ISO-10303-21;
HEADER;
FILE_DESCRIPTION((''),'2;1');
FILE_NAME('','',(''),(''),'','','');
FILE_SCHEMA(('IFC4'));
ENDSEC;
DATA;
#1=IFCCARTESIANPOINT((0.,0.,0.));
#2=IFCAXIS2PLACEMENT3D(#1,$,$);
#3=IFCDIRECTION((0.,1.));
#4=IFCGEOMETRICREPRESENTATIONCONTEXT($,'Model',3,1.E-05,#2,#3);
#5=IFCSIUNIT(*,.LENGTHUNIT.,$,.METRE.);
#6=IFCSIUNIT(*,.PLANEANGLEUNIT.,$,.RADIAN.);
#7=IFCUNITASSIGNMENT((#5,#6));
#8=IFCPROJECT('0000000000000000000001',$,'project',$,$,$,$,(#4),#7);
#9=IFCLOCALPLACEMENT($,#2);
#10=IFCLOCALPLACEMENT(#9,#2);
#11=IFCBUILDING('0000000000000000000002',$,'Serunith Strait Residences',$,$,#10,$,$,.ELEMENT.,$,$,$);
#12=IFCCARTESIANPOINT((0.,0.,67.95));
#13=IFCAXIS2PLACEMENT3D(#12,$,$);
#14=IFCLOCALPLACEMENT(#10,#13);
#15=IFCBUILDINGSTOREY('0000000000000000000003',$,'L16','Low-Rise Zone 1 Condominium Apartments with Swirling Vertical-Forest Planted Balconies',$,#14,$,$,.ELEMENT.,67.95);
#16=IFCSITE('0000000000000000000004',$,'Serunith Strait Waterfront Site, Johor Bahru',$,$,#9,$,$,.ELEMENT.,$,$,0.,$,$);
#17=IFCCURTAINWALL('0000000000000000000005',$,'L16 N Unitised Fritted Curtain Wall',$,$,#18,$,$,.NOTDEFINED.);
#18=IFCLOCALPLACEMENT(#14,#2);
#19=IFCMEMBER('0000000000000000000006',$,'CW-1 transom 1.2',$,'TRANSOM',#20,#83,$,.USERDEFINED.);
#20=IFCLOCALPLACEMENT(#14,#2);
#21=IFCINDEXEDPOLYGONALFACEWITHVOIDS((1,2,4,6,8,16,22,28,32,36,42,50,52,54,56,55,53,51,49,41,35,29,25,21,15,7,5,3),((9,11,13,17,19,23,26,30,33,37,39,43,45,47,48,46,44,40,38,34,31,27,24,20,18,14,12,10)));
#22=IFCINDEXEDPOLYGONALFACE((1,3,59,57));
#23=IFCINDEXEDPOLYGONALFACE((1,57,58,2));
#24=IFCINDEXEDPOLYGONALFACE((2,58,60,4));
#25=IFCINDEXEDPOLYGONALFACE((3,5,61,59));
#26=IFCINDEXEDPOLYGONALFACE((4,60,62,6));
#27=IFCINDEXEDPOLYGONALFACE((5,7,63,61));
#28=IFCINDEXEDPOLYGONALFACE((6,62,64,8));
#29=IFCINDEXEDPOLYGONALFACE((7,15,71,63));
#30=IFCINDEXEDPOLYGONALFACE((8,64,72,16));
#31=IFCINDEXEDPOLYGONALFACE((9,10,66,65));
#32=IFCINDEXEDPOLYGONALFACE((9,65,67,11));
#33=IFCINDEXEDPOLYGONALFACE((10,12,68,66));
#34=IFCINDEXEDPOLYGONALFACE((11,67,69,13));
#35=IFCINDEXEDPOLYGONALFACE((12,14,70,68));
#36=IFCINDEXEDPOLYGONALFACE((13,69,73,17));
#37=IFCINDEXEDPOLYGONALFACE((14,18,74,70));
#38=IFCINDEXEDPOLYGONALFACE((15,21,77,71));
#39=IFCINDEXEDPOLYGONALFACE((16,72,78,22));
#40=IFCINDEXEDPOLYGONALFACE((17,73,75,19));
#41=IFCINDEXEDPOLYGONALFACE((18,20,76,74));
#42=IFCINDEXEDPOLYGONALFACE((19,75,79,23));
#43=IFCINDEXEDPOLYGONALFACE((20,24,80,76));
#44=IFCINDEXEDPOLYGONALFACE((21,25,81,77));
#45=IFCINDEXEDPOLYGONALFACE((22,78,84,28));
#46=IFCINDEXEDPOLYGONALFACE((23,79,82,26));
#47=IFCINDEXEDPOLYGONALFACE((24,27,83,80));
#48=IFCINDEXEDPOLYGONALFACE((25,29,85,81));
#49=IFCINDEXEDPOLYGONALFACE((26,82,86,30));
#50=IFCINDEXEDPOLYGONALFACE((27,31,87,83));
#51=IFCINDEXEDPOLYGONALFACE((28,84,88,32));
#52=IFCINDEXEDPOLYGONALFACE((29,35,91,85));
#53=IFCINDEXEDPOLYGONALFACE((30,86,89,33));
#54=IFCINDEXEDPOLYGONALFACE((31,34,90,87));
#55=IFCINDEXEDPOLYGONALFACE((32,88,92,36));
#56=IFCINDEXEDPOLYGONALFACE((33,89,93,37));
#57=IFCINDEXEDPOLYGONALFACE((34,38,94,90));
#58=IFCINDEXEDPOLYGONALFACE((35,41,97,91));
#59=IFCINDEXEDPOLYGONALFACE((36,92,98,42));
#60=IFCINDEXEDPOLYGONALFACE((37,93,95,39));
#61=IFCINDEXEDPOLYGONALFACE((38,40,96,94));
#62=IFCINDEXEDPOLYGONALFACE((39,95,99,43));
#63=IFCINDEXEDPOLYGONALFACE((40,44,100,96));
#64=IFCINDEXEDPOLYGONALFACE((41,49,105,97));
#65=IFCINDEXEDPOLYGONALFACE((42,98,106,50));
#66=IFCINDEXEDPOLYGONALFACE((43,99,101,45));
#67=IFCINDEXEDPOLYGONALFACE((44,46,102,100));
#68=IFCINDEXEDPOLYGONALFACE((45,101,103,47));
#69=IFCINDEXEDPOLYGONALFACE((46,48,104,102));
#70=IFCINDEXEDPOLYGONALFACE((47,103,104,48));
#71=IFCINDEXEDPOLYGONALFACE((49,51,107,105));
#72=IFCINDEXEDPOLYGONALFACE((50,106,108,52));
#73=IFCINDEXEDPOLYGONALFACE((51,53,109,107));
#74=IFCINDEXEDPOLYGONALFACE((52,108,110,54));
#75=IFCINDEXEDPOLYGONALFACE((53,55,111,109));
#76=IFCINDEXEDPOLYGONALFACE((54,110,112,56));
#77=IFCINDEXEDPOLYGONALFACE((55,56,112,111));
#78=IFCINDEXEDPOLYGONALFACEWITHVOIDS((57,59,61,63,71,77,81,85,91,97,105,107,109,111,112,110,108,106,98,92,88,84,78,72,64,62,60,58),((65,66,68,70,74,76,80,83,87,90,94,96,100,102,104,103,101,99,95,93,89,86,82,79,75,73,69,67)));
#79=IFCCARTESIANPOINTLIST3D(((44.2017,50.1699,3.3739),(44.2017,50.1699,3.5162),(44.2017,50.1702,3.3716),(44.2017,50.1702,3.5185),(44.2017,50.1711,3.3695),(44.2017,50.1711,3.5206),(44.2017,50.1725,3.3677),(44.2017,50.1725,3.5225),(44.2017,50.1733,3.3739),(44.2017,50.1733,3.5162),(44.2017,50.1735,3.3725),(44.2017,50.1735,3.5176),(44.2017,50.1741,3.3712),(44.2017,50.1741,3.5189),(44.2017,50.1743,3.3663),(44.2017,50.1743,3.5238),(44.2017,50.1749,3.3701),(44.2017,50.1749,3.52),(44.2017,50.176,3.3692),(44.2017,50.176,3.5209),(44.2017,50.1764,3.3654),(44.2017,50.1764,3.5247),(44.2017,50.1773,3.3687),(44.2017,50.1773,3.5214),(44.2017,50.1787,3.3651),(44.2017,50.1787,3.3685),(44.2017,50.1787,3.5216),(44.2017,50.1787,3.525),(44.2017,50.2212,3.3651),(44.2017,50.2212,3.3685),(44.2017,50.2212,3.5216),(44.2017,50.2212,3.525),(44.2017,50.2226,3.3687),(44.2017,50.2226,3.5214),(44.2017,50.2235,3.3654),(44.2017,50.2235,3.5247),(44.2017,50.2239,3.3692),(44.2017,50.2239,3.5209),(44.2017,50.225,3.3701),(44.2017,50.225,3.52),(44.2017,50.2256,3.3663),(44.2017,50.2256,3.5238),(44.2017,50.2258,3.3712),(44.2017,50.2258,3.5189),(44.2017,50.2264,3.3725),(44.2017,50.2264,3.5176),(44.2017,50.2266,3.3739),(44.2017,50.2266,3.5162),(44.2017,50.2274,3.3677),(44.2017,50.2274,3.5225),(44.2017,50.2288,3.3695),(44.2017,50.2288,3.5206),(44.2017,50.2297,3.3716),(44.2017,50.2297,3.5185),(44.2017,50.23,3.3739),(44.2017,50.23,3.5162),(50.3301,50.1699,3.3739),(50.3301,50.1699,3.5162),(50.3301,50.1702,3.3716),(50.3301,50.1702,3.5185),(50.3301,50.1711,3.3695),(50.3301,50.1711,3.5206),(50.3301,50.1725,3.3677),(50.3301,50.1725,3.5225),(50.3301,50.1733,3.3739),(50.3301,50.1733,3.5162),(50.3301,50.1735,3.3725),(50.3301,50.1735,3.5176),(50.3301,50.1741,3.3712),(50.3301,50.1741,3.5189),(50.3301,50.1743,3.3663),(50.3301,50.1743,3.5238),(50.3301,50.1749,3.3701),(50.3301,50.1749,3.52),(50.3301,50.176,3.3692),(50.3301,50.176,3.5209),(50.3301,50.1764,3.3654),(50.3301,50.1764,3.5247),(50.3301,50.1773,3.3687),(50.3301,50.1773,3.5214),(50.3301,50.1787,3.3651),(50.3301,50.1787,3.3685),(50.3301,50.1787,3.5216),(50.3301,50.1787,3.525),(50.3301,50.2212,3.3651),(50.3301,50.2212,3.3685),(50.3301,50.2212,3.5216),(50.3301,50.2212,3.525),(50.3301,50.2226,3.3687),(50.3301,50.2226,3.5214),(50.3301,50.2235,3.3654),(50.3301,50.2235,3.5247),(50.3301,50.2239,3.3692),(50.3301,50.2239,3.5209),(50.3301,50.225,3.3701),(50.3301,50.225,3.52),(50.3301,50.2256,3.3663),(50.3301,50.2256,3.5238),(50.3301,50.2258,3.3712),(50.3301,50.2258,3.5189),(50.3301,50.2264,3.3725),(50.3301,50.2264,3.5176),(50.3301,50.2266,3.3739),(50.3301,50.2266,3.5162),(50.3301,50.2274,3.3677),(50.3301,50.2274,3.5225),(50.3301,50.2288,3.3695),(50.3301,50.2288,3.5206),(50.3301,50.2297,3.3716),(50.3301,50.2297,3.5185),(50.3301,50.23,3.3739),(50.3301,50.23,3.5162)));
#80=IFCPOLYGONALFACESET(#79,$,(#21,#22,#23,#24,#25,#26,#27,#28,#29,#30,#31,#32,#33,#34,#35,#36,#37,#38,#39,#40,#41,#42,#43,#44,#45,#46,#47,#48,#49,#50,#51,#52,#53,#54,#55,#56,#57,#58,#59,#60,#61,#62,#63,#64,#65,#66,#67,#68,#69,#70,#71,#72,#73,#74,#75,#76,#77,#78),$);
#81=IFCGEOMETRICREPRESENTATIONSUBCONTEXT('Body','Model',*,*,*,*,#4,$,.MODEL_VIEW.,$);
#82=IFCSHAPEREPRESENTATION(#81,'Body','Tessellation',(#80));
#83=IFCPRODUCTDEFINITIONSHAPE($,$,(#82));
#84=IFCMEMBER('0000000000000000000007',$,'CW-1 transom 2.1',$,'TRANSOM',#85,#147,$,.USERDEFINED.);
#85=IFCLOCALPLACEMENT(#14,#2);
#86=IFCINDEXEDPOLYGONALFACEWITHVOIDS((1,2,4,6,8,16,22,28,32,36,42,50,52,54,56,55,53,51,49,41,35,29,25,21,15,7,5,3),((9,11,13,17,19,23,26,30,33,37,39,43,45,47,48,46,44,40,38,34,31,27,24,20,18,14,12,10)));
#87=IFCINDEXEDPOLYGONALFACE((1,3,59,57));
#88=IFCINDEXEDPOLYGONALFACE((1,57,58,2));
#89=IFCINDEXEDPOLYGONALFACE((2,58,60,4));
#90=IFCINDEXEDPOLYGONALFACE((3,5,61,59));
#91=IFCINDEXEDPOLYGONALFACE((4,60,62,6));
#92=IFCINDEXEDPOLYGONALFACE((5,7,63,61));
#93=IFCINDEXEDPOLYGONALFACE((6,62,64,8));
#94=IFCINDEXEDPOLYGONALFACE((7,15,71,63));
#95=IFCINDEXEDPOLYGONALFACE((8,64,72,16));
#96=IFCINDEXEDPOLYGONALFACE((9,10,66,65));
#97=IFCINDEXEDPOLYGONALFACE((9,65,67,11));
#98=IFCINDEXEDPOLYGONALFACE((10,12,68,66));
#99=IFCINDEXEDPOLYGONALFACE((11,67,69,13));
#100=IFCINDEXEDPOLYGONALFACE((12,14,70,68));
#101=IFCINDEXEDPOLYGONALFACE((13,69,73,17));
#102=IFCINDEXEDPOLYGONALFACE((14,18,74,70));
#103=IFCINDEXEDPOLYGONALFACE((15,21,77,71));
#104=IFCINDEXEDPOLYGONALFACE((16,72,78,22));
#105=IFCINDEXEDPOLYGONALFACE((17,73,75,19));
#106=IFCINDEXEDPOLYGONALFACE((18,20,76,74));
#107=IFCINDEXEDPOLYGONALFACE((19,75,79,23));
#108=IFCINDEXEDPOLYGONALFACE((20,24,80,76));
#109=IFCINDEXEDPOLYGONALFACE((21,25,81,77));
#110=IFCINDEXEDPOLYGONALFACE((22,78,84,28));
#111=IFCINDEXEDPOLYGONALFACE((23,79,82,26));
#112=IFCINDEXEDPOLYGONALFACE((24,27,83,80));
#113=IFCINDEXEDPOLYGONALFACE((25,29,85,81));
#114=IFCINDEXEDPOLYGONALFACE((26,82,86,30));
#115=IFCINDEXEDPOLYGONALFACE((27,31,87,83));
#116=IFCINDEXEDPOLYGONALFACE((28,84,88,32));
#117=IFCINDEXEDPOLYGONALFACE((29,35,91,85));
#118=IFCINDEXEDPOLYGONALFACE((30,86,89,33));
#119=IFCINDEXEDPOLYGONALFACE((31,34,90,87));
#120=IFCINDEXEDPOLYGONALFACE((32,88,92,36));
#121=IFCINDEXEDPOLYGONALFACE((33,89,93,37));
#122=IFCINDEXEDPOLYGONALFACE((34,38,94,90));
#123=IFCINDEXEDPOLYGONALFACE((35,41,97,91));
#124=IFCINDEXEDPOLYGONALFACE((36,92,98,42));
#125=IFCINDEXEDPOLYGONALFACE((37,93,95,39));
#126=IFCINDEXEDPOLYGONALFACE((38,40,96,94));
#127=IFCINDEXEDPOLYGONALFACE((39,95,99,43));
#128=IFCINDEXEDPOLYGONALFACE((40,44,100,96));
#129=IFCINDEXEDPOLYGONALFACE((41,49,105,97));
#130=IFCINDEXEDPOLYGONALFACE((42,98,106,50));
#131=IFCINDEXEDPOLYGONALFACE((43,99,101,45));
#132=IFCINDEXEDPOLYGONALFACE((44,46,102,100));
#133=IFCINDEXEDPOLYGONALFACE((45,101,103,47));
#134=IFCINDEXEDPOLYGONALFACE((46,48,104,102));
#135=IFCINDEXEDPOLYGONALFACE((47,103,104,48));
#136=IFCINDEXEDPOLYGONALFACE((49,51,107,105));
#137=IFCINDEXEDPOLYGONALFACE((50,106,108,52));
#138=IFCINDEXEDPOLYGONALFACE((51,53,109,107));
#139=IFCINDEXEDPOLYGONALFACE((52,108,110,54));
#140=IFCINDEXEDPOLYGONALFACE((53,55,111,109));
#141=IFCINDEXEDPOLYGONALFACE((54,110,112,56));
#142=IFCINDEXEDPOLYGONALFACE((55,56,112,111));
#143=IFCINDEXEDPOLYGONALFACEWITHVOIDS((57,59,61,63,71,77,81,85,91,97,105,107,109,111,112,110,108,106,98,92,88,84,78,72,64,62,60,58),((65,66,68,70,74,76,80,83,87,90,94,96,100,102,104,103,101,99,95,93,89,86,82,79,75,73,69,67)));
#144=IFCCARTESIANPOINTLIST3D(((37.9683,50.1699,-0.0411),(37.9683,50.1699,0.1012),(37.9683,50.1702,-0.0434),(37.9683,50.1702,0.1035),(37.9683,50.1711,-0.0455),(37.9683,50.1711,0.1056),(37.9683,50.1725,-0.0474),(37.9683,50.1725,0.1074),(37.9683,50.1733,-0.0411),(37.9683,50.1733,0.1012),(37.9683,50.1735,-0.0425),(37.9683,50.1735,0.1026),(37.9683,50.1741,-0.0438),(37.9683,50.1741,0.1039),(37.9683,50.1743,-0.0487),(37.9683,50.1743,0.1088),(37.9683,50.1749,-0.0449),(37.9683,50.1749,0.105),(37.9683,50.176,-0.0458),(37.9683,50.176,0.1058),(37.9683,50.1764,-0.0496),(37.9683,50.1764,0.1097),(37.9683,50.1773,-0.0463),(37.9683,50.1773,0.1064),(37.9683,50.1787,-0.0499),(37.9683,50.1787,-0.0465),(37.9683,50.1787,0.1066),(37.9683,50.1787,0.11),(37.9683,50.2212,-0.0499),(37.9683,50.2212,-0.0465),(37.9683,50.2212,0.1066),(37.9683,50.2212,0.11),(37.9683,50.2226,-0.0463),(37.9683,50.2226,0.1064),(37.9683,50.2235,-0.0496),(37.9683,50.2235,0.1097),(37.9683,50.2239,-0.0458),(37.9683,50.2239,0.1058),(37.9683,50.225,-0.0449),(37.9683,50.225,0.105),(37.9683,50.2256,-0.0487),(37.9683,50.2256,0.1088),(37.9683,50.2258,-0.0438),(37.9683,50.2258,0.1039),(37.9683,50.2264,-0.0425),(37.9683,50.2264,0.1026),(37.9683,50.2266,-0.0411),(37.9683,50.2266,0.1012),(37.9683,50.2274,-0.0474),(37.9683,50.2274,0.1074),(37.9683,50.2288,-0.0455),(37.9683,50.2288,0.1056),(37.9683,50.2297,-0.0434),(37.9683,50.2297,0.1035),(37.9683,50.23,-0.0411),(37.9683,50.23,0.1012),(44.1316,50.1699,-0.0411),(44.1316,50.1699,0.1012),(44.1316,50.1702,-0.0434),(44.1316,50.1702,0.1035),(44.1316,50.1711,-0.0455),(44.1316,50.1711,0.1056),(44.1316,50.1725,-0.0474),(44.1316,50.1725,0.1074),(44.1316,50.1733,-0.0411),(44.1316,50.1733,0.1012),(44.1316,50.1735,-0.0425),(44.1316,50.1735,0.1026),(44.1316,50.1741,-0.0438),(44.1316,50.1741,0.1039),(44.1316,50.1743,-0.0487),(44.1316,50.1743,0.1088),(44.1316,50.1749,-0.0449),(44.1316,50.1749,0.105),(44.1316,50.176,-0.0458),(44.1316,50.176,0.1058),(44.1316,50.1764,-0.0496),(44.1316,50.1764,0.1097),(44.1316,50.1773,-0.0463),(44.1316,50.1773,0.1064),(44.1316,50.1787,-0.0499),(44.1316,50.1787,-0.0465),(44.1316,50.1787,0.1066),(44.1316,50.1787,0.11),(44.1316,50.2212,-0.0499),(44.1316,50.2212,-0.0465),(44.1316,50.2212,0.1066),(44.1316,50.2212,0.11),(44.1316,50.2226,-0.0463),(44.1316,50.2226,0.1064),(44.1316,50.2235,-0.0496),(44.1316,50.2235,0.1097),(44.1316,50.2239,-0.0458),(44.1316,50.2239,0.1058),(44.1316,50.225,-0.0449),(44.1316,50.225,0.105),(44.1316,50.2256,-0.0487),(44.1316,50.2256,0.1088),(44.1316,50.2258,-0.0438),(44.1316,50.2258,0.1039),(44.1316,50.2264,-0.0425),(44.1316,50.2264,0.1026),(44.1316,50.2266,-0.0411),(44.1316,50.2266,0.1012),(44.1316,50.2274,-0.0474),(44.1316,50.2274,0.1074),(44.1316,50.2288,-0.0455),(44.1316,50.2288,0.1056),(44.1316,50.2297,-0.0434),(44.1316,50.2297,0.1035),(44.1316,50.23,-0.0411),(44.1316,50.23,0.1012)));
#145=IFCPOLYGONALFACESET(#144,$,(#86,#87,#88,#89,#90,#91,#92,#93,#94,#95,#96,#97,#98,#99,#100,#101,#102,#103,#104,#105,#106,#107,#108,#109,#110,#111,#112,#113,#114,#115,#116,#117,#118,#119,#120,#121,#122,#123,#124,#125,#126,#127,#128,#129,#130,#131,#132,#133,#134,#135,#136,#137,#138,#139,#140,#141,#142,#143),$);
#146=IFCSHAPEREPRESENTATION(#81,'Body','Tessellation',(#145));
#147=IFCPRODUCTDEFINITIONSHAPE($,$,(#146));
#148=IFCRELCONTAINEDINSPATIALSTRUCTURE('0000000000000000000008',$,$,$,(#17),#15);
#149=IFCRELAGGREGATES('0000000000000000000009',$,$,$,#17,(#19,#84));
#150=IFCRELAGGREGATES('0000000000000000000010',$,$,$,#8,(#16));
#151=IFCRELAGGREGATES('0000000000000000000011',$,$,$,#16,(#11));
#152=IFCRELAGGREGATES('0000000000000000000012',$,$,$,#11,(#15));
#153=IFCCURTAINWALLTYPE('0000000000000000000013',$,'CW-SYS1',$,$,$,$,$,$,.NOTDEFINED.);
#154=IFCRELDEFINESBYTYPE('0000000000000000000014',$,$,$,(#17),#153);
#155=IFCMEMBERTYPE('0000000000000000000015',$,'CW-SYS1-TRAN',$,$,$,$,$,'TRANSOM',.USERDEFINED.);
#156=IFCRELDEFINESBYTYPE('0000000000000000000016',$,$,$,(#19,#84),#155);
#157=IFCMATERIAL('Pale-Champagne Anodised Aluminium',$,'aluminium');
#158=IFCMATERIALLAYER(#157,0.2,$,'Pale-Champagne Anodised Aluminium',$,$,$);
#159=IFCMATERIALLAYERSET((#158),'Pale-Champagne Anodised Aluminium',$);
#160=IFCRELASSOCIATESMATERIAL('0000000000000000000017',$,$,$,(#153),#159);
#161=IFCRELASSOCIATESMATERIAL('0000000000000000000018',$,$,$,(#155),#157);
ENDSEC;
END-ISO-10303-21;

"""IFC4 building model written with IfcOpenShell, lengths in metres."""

from ifc_helpers import new_model, si_unit, direction, frame, origin, origin_2d, place, context, subcontext, project, spatial, hollow_rectangle, extrude, source, transform, mapped, material, layer, layer_set, material_profile, profile_set, type_object, element, aggregate, save


model = new_model("IFC4")

# Units and contexts
model_context = context("Model", 3, precision=1e-05, world=origin(), true_north=direction((0.0, 1.0)))
body_context = subcontext(model_context, "Body", "Model", "MODEL_VIEW")
ifc_project = project(units=[si_unit("LENGTHUNIT", "METRE"), si_unit("PLANEANGLEUNIT", "RADIAN")], contexts=[model_context])

# Site, building, storey
site_placement = place(None, origin())
site = spatial("IfcSite", under=ifc_project, at=site_placement, Name="Serunith Strait Waterfront Site, Johor Bahru", CompositionType="ELEMENT", RefElevation=0.0)
building_placement = place(site_placement, origin())
building = spatial("IfcBuilding", under=site, at=building_placement, Name="Serunith Strait Residences", CompositionType="ELEMENT")
storey_placement = place(building_placement, frame((0.0, 0.0, 67.95)))
storey = spatial("IfcBuildingStorey", under=building, at=storey_placement, Name="L16", Description="Low-Rise Zone 1 Condominium Apartments with Swirling Vertical-Forest Planted Balconies", CompositionType="ELEMENT", Elevation=67.95)

# Shared definitions
ifc_material_1 = material(Name="Pale-Champagne Anodised Aluminium", Category="aluminium")
ifc_layer_1 = layer(ifc_material_1, 0.2, Name="Pale-Champagne Anodised Aluminium")
ifc_layer_set_1 = layer_set([ifc_layer_1], Name="Pale-Champagne Anodised Aluminium")
curtain_wall_type = type_object("IfcCurtainWallType", Name="CW-SYS1", PredefinedType="NOTDEFINED", material=ifc_layer_set_1)

# Curtain wall, members
curtain_wall_1_placement = place(storey_placement, origin())
curtain_wall_1 = element("IfcCurtainWall", 1, at=curtain_wall_1_placement, inside=storey, type_object=curtain_wall_type, Name="L16 N Unitised Fritted Curtain Wall", PredefinedType="NOTDEFINED")
ifc_material_profile_1 = material_profile(ifc_material_1, hollow_rectangle(XDim=0.0601, YDim=0.1599, WallThickness=0.0034, InnerFilletRadius=0.0054, OuterFilletRadius=0.0088, at=origin_2d()), Name="ALU 160x60x3.5")
ifc_profile_set_1 = profile_set([ifc_material_profile_1], Name="Pale-Champagne Anodised Aluminium")
member_type_1 = type_object("IfcMemberType", Name="CW-SYS1-TRAN", ElementType="TRANSOM", PredefinedType="USERDEFINED", material=ifc_profile_set_1)
shared_shape_1 = source(origin(), body_context, "Body", "SweptSolid", [
    extrude(hollow_rectangle(XDim=0.0601, YDim=0.1599, WallThickness=0.0034, InnerFilletRadius=0.0054, OuterFilletRadius=0.0088, at=origin_2d()), origin(), (0.0, 0.0, 1.0), 6.1284),
])
member_1_placement = place(storey_placement, frame((50.3301, 50.2, 3.4451), z_axis=(-1.0, 0.0, 0.0), x_axis=(0.0, -1.0, 0.0)))
member_1 = element("IfcMember", 2, at=member_1_placement, type_object=member_type_1, Name="CW-1 transom 1.2", ObjectType="TRANSOM", PredefinedType="USERDEFINED", context=body_context, shape_type="MappedRepresentation", body=[
    mapped(shared_shape_1, transform((0.0, 0.0, 0.0), scale=1.0)),
])
shared_shape_2 = source(origin(), body_context, "Body", "SweptSolid", [
    extrude(hollow_rectangle(XDim=0.0601, YDim=0.1599, WallThickness=0.0034, InnerFilletRadius=0.0054, OuterFilletRadius=0.0088, at=origin_2d()), origin(), (0.0, 0.0, 1.0), 6.1633),
])
member_2_placement = place(storey_placement, frame((44.1316, 50.2, 0.03), z_axis=(-1.0, 0.0, 0.0), x_axis=(0.0, -1.0, 0.0)))
member_2 = element("IfcMember", 3, at=member_2_placement, type_object=member_type_1, Name="CW-1 transom 2.1", ObjectType="TRANSOM", PredefinedType="USERDEFINED", context=body_context, shape_type="MappedRepresentation", body=[
    mapped(shared_shape_2, transform((0.0, 0.0, 0.0), scale=1.0)),
])

aggregate(curtain_wall_1, [member_1, member_2])

save(model, "model.ifc")
